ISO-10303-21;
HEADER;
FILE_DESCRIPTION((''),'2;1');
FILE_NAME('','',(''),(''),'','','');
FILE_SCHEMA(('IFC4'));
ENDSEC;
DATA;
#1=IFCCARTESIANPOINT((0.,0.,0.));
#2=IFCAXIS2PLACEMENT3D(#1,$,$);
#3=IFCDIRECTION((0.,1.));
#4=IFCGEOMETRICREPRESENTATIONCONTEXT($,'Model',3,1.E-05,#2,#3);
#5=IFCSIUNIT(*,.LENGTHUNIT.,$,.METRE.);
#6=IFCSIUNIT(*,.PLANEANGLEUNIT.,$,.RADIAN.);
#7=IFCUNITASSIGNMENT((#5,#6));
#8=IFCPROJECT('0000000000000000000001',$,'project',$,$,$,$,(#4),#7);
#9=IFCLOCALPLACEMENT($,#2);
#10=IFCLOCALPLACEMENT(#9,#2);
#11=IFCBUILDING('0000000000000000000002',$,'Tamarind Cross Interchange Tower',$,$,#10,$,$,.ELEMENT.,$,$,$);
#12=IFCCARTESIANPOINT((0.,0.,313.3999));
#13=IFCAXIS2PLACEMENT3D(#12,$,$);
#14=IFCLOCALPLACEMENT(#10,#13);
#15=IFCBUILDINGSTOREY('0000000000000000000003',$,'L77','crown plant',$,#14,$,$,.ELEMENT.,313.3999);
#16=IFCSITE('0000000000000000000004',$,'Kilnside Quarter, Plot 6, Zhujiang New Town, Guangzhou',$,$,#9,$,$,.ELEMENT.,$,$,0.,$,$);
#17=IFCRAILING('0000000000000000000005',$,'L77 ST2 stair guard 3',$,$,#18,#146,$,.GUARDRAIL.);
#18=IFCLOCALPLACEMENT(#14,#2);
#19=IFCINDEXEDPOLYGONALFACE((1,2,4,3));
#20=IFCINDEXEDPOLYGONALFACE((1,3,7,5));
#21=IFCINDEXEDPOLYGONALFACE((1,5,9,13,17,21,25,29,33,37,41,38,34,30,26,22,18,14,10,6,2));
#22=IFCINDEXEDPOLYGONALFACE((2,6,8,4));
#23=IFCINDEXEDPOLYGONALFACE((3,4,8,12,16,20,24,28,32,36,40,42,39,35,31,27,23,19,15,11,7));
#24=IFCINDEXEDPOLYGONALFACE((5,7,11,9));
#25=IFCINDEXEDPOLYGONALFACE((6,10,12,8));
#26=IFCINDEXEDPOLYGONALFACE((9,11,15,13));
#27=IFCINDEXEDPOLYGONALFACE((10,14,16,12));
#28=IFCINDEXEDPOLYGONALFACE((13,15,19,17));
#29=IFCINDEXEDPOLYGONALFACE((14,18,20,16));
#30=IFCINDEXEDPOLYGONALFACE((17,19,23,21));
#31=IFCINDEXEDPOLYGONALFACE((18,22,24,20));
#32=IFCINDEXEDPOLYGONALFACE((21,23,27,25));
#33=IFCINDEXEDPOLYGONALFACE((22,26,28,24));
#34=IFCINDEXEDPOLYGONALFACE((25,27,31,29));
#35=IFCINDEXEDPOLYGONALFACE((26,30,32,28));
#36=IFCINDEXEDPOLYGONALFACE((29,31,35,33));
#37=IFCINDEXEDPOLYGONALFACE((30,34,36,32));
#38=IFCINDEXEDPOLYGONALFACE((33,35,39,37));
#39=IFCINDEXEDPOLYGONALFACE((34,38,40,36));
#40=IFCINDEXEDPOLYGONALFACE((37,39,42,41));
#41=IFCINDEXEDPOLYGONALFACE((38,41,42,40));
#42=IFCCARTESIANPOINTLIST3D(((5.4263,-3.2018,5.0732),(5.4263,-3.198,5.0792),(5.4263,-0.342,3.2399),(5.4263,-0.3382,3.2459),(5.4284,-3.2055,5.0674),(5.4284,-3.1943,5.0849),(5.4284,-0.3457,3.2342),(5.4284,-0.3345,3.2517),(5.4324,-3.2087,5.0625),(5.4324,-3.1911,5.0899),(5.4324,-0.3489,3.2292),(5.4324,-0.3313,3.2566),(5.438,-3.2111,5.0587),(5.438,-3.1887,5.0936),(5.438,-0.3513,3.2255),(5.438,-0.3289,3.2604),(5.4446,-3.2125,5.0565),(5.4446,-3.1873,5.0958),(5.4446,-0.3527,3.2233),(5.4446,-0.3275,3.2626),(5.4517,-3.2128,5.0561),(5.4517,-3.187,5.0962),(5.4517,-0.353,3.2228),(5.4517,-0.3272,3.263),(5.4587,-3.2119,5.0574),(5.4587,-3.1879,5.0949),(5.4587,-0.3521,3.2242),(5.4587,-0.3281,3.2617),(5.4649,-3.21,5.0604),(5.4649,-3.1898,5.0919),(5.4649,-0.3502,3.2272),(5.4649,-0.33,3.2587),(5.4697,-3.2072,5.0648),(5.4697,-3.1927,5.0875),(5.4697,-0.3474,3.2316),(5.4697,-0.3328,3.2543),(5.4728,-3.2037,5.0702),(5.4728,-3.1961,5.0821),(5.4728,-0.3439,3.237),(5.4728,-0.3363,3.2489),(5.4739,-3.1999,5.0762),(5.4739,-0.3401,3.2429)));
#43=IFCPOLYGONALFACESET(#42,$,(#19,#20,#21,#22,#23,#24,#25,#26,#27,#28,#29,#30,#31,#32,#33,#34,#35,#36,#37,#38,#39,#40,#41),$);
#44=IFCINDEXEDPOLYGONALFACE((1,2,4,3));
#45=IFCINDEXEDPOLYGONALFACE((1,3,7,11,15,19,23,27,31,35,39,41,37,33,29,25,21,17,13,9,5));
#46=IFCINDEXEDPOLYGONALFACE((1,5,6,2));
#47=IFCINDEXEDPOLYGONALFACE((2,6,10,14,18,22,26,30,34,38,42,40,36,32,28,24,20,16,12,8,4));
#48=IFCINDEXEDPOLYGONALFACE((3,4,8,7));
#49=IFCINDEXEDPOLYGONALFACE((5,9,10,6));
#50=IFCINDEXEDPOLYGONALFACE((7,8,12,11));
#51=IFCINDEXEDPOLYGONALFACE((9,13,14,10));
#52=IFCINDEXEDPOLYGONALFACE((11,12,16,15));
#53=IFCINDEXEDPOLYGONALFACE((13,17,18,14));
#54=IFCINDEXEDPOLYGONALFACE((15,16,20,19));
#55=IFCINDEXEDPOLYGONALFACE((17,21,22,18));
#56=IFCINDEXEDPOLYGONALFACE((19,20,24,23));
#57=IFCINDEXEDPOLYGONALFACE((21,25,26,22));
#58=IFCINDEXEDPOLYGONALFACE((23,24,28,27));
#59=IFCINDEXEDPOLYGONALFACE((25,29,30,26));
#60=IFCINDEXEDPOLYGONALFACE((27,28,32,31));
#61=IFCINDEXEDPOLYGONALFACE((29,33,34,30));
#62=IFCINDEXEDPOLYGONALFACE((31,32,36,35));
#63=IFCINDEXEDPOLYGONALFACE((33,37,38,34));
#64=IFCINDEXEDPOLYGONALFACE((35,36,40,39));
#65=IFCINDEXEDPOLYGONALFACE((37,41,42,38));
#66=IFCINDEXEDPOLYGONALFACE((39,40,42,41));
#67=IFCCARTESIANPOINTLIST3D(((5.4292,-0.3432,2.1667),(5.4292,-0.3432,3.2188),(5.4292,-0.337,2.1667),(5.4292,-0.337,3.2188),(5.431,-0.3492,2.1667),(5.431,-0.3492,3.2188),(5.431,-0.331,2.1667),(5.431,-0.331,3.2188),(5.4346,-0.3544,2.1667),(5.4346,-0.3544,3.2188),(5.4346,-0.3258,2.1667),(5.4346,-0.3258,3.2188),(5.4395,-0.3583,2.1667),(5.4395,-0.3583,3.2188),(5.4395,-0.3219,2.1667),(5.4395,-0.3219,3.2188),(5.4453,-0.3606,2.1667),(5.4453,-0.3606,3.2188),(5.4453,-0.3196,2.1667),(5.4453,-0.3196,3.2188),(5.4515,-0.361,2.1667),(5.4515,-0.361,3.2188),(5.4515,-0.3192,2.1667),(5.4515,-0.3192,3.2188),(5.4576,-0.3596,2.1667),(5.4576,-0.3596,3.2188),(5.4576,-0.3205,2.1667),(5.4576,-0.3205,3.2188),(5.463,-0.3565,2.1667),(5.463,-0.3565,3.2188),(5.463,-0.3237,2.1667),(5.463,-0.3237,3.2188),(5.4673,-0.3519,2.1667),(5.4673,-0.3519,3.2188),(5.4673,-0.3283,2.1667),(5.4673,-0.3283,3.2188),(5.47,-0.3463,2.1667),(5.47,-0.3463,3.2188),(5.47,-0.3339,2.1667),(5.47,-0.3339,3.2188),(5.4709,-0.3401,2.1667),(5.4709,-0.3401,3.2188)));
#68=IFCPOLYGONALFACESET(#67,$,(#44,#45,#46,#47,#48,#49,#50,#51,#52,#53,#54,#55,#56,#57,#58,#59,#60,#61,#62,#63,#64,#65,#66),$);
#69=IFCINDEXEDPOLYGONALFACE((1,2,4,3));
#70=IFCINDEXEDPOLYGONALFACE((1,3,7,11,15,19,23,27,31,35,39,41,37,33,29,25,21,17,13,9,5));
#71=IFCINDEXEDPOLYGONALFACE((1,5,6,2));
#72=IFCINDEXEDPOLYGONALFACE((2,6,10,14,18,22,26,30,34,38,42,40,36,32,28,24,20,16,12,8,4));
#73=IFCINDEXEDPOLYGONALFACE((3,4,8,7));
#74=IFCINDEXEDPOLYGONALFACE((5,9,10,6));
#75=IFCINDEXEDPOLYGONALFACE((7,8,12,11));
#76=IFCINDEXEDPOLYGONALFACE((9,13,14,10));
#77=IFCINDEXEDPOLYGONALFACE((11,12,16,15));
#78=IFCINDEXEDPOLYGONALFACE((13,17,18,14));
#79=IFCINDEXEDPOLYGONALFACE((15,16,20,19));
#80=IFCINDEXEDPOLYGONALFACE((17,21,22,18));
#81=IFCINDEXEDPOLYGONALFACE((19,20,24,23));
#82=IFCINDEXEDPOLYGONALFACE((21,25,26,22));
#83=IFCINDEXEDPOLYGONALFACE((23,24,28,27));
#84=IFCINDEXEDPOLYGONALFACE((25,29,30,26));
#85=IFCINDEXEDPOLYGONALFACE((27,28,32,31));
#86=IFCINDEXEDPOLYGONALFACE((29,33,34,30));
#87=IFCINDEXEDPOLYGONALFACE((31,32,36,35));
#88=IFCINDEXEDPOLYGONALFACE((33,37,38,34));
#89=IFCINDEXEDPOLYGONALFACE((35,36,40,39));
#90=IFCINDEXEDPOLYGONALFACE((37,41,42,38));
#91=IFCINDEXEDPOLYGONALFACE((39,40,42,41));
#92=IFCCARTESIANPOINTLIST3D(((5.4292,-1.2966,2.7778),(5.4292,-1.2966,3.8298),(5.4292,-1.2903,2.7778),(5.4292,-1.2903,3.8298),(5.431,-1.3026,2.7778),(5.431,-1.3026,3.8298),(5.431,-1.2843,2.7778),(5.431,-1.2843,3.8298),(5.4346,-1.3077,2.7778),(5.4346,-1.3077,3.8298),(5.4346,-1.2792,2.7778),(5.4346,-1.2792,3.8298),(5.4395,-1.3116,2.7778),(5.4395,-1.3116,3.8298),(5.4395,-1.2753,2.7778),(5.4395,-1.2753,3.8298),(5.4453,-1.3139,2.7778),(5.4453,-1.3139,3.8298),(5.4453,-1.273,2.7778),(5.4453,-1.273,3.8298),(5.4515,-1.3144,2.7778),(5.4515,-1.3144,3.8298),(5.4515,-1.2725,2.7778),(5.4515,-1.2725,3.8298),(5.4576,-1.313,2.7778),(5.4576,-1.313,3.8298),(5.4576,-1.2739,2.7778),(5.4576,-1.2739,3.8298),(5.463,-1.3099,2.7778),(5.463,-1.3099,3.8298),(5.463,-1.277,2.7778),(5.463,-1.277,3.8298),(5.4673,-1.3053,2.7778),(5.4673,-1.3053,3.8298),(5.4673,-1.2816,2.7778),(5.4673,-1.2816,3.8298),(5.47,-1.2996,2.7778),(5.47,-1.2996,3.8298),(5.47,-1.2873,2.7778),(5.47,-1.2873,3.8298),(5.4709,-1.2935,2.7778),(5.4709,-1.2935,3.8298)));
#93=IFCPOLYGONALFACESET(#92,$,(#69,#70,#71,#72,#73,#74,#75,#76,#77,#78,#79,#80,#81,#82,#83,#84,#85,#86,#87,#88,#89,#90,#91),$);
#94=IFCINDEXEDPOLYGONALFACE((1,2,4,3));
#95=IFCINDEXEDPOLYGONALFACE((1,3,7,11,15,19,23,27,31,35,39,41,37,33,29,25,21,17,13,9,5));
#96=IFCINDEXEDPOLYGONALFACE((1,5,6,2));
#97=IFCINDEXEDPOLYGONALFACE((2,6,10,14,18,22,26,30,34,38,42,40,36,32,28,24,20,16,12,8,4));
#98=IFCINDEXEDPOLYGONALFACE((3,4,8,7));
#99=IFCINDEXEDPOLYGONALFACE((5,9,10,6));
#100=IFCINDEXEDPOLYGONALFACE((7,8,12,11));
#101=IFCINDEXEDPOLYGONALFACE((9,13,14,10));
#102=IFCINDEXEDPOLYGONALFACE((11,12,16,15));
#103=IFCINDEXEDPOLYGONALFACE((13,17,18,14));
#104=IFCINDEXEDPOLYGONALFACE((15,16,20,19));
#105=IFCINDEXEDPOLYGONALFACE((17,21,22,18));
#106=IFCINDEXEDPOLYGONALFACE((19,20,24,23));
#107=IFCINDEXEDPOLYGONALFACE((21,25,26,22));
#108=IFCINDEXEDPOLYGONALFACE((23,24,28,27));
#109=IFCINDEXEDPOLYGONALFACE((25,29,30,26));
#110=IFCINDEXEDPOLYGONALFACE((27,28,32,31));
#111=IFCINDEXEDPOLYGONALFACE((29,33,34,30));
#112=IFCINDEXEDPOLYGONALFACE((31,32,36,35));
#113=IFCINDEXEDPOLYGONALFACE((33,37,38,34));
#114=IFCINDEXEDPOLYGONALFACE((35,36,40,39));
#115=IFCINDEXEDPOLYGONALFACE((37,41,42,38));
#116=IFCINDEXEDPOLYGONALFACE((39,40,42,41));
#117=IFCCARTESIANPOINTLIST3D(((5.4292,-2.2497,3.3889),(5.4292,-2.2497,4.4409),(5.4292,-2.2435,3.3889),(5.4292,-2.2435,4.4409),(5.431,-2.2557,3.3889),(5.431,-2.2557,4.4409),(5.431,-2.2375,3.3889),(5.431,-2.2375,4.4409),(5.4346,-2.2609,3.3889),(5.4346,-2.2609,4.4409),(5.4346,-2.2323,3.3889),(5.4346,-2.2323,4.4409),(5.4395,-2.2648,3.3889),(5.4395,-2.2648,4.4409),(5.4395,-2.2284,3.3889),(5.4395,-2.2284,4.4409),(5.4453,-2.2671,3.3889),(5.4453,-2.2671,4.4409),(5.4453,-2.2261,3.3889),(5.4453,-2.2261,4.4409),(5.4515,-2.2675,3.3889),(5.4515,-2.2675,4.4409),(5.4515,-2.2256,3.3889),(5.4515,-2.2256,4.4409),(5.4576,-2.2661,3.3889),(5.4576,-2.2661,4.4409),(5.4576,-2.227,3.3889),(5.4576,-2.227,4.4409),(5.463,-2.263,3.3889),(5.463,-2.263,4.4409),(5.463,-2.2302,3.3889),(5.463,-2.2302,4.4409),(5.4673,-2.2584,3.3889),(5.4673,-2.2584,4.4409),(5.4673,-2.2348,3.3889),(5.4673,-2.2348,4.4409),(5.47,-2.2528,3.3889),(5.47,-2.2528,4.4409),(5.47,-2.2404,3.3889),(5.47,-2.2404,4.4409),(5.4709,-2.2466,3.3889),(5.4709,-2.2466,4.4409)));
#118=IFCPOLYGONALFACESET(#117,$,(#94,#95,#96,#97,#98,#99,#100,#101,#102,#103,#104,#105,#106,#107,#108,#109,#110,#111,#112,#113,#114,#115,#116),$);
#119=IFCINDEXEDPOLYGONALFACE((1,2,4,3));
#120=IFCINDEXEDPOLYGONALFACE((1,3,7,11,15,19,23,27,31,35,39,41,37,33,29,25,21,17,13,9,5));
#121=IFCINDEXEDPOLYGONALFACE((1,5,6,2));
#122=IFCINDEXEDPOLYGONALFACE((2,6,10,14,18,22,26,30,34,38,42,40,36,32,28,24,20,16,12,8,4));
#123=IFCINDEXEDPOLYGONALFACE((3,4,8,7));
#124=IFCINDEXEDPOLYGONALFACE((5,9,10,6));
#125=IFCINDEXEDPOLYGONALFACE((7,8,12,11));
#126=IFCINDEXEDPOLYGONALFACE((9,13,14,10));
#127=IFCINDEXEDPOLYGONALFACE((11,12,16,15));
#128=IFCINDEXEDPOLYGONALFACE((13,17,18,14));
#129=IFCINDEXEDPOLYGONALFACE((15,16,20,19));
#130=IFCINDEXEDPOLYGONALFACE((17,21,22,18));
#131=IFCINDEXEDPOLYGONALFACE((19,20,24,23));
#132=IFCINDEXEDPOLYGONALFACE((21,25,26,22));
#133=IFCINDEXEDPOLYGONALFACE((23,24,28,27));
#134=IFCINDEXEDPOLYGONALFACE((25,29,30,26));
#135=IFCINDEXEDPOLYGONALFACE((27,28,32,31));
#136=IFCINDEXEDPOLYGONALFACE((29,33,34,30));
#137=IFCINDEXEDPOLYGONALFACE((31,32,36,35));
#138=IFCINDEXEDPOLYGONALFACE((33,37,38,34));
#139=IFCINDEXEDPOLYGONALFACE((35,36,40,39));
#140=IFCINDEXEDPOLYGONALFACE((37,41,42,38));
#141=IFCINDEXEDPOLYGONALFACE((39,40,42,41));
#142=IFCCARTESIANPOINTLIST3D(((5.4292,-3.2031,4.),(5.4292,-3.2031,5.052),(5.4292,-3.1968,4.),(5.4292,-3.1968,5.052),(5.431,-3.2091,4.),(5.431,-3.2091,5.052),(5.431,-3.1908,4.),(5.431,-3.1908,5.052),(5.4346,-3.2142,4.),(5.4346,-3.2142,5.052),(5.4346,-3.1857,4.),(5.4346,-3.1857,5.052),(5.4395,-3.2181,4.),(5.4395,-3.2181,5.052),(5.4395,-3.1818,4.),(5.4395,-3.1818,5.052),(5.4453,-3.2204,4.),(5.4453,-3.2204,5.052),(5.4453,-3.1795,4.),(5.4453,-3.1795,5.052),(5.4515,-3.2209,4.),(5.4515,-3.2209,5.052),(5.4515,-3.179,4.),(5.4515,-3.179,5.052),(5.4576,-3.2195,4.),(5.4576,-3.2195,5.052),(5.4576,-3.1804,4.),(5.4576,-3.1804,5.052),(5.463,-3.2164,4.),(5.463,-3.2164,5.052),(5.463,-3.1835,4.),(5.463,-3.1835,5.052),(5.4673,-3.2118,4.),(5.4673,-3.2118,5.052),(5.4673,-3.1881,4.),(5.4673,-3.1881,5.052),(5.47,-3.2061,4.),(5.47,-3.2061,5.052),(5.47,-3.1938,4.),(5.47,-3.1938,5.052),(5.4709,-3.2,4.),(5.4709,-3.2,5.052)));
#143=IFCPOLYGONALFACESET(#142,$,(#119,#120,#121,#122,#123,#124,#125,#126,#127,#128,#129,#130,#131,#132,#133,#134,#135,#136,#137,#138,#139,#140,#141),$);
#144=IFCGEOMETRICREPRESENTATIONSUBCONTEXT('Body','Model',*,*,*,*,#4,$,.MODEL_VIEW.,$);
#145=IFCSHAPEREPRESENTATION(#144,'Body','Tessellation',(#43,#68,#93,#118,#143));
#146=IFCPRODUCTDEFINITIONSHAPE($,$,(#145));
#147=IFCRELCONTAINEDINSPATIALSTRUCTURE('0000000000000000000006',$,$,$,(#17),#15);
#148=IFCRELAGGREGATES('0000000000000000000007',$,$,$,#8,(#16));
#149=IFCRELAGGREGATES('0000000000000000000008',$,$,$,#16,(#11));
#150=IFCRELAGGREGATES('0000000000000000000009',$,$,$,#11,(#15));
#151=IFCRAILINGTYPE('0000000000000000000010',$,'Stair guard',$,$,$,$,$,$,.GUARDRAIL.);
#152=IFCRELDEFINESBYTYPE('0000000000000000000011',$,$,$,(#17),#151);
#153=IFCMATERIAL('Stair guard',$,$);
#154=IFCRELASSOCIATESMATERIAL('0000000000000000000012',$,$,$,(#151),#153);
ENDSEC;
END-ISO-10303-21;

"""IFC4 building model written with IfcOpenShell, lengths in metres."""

from ifc_helpers import new_model, si_unit, direction, frame, origin, origin_2d, place, context, subcontext, project, spatial, circle, extrude, material, type_object, element, save


model = new_model("IFC4")

# Units and contexts
model_context = context("Model", 3, precision=1e-05, world=origin(), true_north=direction((0.0, 1.0)))
body_context = subcontext(model_context, "Body", "Model", "MODEL_VIEW")
ifc_project = project(units=[si_unit("LENGTHUNIT", "METRE"), si_unit("PLANEANGLEUNIT", "RADIAN")], contexts=[model_context])

# Site, building, storey
site_placement = place(None, origin())
site = spatial("IfcSite", under=ifc_project, at=site_placement, Name="Kilnside Quarter, Plot 6, Zhujiang New Town, Guangzhou", CompositionType="ELEMENT", RefElevation=0.0)
building_placement = place(site_placement, origin())
building = spatial("IfcBuilding", under=site, at=building_placement, Name="Tamarind Cross Interchange Tower", CompositionType="ELEMENT")
storey_placement = place(building_placement, frame((0.0, 0.0, 313.3999)))
storey = spatial("IfcBuildingStorey", under=building, at=storey_placement, Name="L77", Description="crown plant", CompositionType="ELEMENT", Elevation=313.3999)

# Railing
ifc_material_1 = material(Name="Stair guard")
railing_type_1 = type_object("IfcRailingType", Name="Stair guard", PredefinedType="GUARDRAIL", material=ifc_material_1)
railing_1_placement = place(storey_placement, frame((5.45, -0.3401, 2.1667)))
element("IfcRailing", 1, at=railing_1_placement, inside=storey, type_object=railing_type_1, Name="L77 ST2 stair guard 3", PredefinedType="GUARDRAIL", context=body_context, shape_type="SweptSolid", body=[
    extrude(circle(Radius=0.0239, at=origin_2d()), frame((0.0, 0.0, 1.0762), z_axis=(0.0, -0.841878, 0.539667), x_axis=(1.0, 0.0, 0.0)), (0.0, 0.0, 1.0), 3.397),
    extrude(circle(Radius=0.021, at=origin_2d()), origin(), (0.0, 0.0, 1.0), 1.052),
    extrude(circle(Radius=0.021, at=origin_2d()), frame((0.0, -0.9534, 0.6111)), (0.0, 0.0, 1.0), 1.052),
    extrude(circle(Radius=0.021, at=origin_2d()), frame((0.0, -1.9065, 1.2222)), (0.0, 0.0, 1.0), 1.052),
    extrude(circle(Radius=0.021, at=origin_2d()), frame((0.0, -2.8599, 1.8333)), (0.0, 0.0, 1.0), 1.052),
])

save(model, "model.ifc")
